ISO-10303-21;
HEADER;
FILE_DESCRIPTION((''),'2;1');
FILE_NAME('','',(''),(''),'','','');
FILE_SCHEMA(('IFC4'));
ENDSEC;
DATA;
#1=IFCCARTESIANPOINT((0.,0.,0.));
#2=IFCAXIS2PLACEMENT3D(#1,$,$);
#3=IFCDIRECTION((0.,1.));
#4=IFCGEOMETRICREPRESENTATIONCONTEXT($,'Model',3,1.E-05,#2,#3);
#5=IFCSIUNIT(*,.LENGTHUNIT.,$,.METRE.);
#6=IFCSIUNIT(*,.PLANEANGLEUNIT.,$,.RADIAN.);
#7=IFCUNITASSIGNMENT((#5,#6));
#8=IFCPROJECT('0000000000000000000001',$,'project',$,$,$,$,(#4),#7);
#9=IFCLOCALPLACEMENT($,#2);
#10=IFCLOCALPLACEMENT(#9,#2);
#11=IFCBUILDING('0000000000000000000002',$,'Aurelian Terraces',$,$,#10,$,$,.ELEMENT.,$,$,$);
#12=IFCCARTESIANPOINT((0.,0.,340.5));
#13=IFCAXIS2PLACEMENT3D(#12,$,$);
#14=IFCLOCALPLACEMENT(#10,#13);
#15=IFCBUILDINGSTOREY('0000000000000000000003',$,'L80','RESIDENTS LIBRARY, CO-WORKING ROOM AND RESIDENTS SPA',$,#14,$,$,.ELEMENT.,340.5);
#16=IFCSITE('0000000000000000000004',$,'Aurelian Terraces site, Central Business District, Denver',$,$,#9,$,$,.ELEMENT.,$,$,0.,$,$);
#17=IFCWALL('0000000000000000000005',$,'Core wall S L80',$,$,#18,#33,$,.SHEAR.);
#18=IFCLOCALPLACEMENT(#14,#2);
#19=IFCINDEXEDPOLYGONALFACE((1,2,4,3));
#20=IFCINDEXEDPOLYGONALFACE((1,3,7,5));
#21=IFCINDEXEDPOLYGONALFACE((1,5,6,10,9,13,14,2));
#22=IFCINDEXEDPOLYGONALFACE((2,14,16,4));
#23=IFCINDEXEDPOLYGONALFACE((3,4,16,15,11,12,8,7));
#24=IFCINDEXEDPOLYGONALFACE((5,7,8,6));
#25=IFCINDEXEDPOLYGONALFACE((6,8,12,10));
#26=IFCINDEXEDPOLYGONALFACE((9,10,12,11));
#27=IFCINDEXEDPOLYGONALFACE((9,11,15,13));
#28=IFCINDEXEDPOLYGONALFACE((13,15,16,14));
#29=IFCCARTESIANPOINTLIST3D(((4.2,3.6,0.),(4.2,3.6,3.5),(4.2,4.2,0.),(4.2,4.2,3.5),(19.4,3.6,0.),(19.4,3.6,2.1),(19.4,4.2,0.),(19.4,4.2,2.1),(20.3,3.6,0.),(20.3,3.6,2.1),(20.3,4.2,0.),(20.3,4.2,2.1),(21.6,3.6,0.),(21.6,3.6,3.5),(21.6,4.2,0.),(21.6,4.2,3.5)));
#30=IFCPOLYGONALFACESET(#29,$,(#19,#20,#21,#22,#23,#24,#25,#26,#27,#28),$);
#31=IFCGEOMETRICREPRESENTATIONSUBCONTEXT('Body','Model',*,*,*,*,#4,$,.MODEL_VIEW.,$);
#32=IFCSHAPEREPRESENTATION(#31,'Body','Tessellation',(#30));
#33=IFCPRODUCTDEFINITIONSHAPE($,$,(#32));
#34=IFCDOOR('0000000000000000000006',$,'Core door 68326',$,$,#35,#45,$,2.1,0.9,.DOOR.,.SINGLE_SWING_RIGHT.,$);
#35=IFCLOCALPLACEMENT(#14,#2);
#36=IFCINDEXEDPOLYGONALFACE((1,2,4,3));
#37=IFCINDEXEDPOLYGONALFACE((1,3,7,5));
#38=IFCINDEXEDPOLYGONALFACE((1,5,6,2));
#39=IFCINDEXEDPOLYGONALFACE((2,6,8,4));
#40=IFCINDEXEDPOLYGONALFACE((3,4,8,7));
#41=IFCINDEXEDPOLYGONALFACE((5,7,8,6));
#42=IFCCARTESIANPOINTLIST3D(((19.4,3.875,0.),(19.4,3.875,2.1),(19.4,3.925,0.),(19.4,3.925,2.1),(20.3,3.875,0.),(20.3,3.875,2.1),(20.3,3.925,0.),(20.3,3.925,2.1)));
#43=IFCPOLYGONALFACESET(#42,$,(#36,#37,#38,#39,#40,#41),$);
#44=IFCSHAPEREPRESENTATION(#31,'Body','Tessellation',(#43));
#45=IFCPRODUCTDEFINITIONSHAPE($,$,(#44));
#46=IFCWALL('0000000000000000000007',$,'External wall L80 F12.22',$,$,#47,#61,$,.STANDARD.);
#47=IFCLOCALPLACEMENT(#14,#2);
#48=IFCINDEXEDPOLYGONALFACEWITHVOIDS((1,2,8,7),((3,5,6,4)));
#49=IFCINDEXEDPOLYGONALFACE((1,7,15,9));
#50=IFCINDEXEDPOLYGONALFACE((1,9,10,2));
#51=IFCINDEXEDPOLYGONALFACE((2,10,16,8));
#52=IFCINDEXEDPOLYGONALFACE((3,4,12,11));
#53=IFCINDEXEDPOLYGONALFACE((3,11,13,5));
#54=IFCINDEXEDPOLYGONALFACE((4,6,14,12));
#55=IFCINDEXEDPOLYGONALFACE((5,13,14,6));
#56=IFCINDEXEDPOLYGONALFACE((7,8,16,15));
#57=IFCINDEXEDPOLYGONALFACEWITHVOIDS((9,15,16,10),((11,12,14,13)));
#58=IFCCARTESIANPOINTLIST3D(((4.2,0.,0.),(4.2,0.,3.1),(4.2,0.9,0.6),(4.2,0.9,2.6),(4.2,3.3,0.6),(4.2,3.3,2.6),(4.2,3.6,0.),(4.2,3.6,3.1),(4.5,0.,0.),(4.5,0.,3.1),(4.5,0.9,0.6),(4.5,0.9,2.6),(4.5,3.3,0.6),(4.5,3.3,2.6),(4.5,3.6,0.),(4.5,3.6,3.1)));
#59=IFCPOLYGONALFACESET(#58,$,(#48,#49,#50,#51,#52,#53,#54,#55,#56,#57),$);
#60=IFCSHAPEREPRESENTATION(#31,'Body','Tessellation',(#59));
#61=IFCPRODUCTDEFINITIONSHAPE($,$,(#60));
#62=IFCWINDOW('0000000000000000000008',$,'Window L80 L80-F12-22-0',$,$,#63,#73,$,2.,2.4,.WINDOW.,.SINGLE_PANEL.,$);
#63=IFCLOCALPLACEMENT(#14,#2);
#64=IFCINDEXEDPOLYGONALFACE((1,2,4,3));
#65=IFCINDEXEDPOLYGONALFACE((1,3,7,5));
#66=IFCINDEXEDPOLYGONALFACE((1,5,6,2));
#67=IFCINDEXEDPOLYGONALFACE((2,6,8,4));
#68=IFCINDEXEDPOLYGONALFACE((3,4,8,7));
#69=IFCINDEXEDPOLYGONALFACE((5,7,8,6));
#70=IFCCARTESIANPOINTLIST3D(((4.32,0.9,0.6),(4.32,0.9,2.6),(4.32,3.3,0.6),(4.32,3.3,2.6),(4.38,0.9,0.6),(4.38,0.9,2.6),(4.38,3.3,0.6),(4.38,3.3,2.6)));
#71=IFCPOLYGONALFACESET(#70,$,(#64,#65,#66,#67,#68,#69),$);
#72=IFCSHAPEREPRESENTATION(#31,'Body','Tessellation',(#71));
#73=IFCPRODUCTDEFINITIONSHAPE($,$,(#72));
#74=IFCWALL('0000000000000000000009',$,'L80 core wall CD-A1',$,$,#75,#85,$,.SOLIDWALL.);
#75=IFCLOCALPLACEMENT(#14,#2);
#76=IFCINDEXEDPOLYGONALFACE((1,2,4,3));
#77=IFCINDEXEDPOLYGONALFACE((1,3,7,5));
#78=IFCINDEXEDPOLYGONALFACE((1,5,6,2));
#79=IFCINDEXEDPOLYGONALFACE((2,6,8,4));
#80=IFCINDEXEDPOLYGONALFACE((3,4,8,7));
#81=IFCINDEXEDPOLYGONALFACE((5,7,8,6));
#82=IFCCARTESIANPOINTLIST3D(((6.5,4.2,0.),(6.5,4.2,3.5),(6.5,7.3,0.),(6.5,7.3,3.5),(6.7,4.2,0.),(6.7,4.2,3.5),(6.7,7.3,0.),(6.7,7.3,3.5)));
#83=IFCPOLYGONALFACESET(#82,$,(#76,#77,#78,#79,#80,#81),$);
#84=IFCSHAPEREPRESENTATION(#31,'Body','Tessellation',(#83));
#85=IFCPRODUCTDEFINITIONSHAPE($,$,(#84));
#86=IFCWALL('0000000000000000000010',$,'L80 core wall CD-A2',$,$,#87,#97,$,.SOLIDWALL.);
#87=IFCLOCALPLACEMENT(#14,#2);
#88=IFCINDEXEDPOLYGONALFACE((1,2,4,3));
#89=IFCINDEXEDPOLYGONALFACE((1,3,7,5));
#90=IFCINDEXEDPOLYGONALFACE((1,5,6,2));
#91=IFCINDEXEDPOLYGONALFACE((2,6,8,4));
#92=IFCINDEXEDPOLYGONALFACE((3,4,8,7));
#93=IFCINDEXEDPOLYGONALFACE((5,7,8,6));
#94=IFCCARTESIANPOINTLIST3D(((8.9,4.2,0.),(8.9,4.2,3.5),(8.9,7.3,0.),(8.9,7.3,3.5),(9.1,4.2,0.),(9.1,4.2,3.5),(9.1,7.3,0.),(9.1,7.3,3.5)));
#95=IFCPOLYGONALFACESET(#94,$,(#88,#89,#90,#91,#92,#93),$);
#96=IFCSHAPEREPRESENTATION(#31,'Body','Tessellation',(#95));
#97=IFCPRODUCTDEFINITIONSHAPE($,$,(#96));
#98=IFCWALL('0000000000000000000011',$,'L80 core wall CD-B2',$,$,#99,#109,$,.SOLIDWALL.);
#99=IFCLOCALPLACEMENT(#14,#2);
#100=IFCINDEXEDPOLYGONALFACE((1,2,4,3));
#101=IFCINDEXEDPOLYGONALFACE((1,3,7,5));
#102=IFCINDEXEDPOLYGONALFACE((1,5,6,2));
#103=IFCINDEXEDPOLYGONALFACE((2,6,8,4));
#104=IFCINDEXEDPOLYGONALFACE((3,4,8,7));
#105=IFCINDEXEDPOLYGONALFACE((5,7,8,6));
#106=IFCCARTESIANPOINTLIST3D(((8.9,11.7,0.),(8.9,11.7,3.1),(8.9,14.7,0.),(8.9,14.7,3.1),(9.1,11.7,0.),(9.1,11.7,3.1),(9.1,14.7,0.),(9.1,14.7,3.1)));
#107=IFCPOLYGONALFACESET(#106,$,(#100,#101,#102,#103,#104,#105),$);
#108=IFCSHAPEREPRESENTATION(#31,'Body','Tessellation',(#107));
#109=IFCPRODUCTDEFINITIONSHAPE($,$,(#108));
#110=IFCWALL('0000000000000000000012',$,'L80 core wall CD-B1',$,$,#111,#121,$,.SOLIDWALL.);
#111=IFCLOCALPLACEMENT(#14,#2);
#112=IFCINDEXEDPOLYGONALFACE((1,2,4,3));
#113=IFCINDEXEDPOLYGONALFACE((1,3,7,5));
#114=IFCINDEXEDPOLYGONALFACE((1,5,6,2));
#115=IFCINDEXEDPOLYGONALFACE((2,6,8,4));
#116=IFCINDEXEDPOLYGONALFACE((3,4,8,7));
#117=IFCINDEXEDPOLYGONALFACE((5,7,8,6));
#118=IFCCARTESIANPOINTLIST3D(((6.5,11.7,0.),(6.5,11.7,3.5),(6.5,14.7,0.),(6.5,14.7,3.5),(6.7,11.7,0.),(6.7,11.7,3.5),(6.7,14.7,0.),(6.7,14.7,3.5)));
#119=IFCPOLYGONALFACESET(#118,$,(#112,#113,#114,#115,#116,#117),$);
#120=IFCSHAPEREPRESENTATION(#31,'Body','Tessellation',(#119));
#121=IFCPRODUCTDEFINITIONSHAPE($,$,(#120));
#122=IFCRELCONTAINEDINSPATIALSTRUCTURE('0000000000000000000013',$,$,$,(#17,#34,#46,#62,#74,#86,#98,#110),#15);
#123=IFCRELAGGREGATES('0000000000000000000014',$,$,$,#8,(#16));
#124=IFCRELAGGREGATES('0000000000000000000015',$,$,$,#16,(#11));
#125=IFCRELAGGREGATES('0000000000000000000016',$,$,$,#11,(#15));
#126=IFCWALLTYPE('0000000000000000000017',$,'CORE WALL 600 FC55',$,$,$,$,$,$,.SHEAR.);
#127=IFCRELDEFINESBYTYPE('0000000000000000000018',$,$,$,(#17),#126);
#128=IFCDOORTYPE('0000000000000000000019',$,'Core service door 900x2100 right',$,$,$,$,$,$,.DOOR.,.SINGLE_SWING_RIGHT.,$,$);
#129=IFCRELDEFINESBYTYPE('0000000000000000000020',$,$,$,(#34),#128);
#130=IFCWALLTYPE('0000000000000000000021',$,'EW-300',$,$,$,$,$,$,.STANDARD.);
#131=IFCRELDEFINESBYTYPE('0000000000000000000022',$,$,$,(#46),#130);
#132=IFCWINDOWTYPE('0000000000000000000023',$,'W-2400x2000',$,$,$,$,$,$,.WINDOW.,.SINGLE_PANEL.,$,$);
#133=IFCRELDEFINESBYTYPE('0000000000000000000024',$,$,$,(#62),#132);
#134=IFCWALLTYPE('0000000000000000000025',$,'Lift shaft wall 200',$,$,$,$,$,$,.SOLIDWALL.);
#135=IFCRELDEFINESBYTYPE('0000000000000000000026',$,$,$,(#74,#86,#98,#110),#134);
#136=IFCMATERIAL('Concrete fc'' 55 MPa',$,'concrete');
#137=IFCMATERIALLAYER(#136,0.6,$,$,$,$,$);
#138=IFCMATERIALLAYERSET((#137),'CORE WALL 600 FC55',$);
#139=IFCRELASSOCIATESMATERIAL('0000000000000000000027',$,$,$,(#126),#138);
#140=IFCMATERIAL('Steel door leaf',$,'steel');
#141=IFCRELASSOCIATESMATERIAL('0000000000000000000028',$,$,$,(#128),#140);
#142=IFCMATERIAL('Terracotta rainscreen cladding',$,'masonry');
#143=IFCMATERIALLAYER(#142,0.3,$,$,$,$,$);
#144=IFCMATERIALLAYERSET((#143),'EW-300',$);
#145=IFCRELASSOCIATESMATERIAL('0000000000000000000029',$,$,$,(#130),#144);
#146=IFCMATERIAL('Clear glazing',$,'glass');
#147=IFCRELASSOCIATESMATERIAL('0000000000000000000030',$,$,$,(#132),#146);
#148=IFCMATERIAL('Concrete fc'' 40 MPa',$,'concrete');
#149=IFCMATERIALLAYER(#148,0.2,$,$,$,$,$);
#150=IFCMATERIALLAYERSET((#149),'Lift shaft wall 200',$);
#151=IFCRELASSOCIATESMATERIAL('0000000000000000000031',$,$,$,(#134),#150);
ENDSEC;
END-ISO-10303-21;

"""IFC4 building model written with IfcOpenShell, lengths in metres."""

from ifc_helpers import new_model, si_unit, direction, frame, frame_2d, origin, place, context, subcontext, project, spatial, rectangle, extrude, source, transform, mapped, material, layer, layer_set, type_object, element, fill, save


model = new_model("IFC4")

# Units and contexts
model_context = context("Model", 3, precision=1e-05, world=origin(), true_north=direction((0.0, 1.0)))
body_context = subcontext(model_context, "Body", "Model", "MODEL_VIEW")
ifc_project = project(units=[si_unit("LENGTHUNIT", "METRE"), si_unit("PLANEANGLEUNIT", "RADIAN")], contexts=[model_context])

# Site, building, storey
site_placement = place(None, origin())
site = spatial("IfcSite", under=ifc_project, at=site_placement, Name="Aurelian Terraces site, Central Business District, Denver", CompositionType="ELEMENT", RefElevation=0.0)
building_placement = place(site_placement, origin())
building = spatial("IfcBuilding", under=site, at=building_placement, Name="Aurelian Terraces", CompositionType="ELEMENT")
storey_placement = place(building_placement, frame((0.0, 0.0, 340.5)))
storey = spatial("IfcBuildingStorey", under=building, at=storey_placement, Name="L80", Description="RESIDENTS LIBRARY, CO-WORKING ROOM AND RESIDENTS SPA", CompositionType="ELEMENT", Elevation=340.5)

# Wall, opening, door
ifc_material_1 = material(Name="Concrete fc' 55 MPa", Category="concrete")
ifc_layer_1 = layer(ifc_material_1, 0.6)
ifc_layer_set_1 = layer_set([ifc_layer_1], Name="CORE WALL 600 FC55")
wall_type_1 = type_object("IfcWallType", Name="CORE WALL 600 FC55", PredefinedType="SHEAR", material=ifc_layer_set_1)
shared_shape_1 = source(origin(), body_context, "Body", "SweptSolid", [
    extrude(rectangle(XDim=17.4, YDim=0.6, at=frame_2d((8.7, 0.0))), origin(), (0.0, 0.0, 1.0), 3.5),
])
wall_1_placement = place(storey_placement, frame((4.2, 3.9, 0.0), z_axis=(0.0, 0.0, 1.0), x_axis=(1.0, 0.0, 0.0)))
wall_1 = element("IfcWall", 1, at=wall_1_placement, inside=storey, type_object=wall_type_1, Name="Core wall S L80", PredefinedType="SHEAR", context=body_context, shape_type="MappedRepresentation", body=[
    mapped(shared_shape_1, transform((0.0, 0.0, 0.0), scale=1.0)),
])
shared_shape_2 = source(origin(), body_context, "Body", "SweptSolid", [
    extrude(rectangle(XDim=0.9, YDim=2.1, at=frame_2d((0.45, 1.05))), frame((0.0, 0.31, 0.0), z_axis=(0.0, -1.0, 0.0), x_axis=(1.0, 0.0, 0.0)), (0.0, 0.0, 1.0), 0.62),
])
opening_1_placement = place(wall_1_placement, frame((15.2, 0.0, 0.0)))
opening_1 = element("IfcOpeningElement", 2, at=opening_1_placement, cuts=wall_1, PredefinedType="OPENING", context=body_context, shape_type="MappedRepresentation", body=[
    mapped(shared_shape_2, transform((0.0, 0.0, 0.0), scale=1.0)),
])
ifc_material_2 = material(Name="Steel door leaf", Category="steel")
door_type_1 = type_object("IfcDoorType", Name="Core service door 900x2100 right", OperationType="SINGLE_SWING_RIGHT", PredefinedType="DOOR", material=ifc_material_2)
shared_shape_3 = source(origin(), body_context, "Body", "SweptSolid", [
    extrude(rectangle(XDim=0.9, YDim=2.1, at=frame_2d((0.45, 1.05))), frame((0.0, 0.025, 0.0), z_axis=(0.0, -1.0, 0.0), x_axis=(1.0, 0.0, 0.0)), (0.0, 0.0, 1.0), 0.05),
])
door_1_placement = place(opening_1_placement, origin())
door_1 = element("IfcDoor", 3, at=door_1_placement, inside=storey, type_object=door_type_1, Name="Core door 68326", OperationType="SINGLE_SWING_RIGHT", OverallHeight=2.1, OverallWidth=0.9, PredefinedType="DOOR", context=body_context, shape_type="MappedRepresentation", body=[
    mapped(shared_shape_3, transform((0.0, 0.0, 0.0), scale=1.0)),
])
fill(opening_1, door_1)

# Wall, opening, window
ifc_material_3 = material(Name="Terracotta rainscreen cladding", Category="masonry")
ifc_layer_2 = layer(ifc_material_3, 0.3)
ifc_layer_set_2 = layer_set([ifc_layer_2], Name="EW-300")
wall_type_2 = type_object("IfcWallType", Name="EW-300", PredefinedType="STANDARD", material=ifc_layer_set_2)
shared_shape_4 = source(origin(), body_context, "Body", "SweptSolid", [
    extrude(rectangle(XDim=3.6, YDim=0.3, at=frame_2d((1.8, 0.0))), origin(), (0.0, 0.0, 1.0), 3.1),
])
wall_2_placement = place(storey_placement, frame((4.35, 3.6, 0.0), z_axis=(0.0, 0.0, 1.0), x_axis=(0.0, -1.0, 0.0)))
wall_2 = element("IfcWall", 4, at=wall_2_placement, inside=storey, type_object=wall_type_2, Name="External wall L80 F12.22", PredefinedType="STANDARD", context=body_context, shape_type="MappedRepresentation", body=[
    mapped(shared_shape_4, transform((0.0, 0.0, 0.0), scale=1.0)),
])
shared_shape_5 = source(origin(), body_context, "Body", "SweptSolid", [
    extrude(rectangle(XDim=2.4, YDim=2.0, at=frame_2d((1.2, 1.0))), frame((0.0, 0.16, 0.0), z_axis=(0.0, -1.0, 0.0), x_axis=(1.0, 0.0, 0.0)), (0.0, 0.0, 1.0), 0.32),
])
opening_2_placement = place(wall_2_placement, frame((0.3, 0.0, 0.6)))
opening_2 = element("IfcOpeningElement", 5, at=opening_2_placement, cuts=wall_2, PredefinedType="OPENING", context=body_context, shape_type="MappedRepresentation", body=[
    mapped(shared_shape_5, transform((0.0, 0.0, 0.0), scale=1.0)),
])
ifc_material_4 = material(Name="Clear glazing", Category="glass")
window_type = type_object("IfcWindowType", Name="W-2400x2000", PartitioningType="SINGLE_PANEL", PredefinedType="WINDOW", material=ifc_material_4)
shared_shape_6 = source(origin(), body_context, "Body", "SweptSolid", [
    extrude(rectangle(XDim=2.4, YDim=2.0, at=frame_2d((1.2, 1.0))), frame((0.0, 0.03, 0.0), z_axis=(0.0, -1.0, 0.0), x_axis=(1.0, 0.0, 0.0)), (0.0, 0.0, 1.0), 0.06),
])
window_placement = place(opening_2_placement, origin())
window = element("IfcWindow", 6, at=window_placement, inside=storey, type_object=window_type, Name="Window L80 L80-F12-22-0", OverallHeight=2.0, OverallWidth=2.4, PartitioningType="SINGLE_PANEL", PredefinedType="WINDOW", context=body_context, shape_type="MappedRepresentation", body=[
    mapped(shared_shape_6, transform((0.0, 0.0, 0.0), scale=1.0)),
])
fill(opening_2, window)

# Walls
ifc_material_5 = material(Name="Concrete fc' 40 MPa", Category="concrete")
ifc_layer_3 = layer(ifc_material_5, 0.2)
ifc_layer_set_3 = layer_set([ifc_layer_3], Name="Lift shaft wall 200")
wall_type_3 = type_object("IfcWallType", Name="Lift shaft wall 200", PredefinedType="SOLIDWALL", material=ifc_layer_set_3)
shared_shape_7 = source(origin(), body_context, "Body", "SweptSolid", [
    extrude(rectangle(XDim=3.1, YDim=0.2, at=frame_2d((1.55, 0.0))), origin(), (0.0, 0.0, 1.0), 3.5),
])
for number, where, z_axis, x_axis, name in (
    (7, (6.6, 4.2, 0.0), (0.0, 0.0, 1.0), (0.0, 1.0, 0.0), "L80 core wall CD-A1"),
    (8, (9.0, 4.2, 0.0), (0.0, 0.0, 1.0), (0.0, 1.0, 0.0), "L80 core wall CD-A2"),
):
    element("IfcWall", number, at=place(storey_placement, frame(where, z_axis=z_axis, x_axis=x_axis)), inside=storey, type_object=wall_type_3, Name=name, PredefinedType="SOLIDWALL", context=body_context, shape_type="MappedRepresentation", body=[
        mapped(shared_shape_7, transform((0.0, 0.0, 0.0), scale=1.0)),
    ])
shared_shape_8 = source(origin(), body_context, "Body", "SweptSolid", [
    extrude(rectangle(XDim=3.0, YDim=0.2, at=frame_2d((1.5, 0.0))), origin(), (0.0, 0.0, 1.0), 3.1),
])
wall_3_placement = place(storey_placement, frame((9.0, 11.7, 0.0), z_axis=(0.0, 0.0, 1.0), x_axis=(0.0, 1.0, 0.0)))
element("IfcWall", 9, at=wall_3_placement, inside=storey, type_object=wall_type_3, Name="L80 core wall CD-B2", PredefinedType="SOLIDWALL", context=body_context, shape_type="MappedRepresentation", body=[
    mapped(shared_shape_8, transform((0.0, 0.0, 0.0), scale=1.0)),
])
shared_shape_9 = source(origin(), body_context, "Body", "SweptSolid", [
    extrude(rectangle(XDim=3.0, YDim=0.2, at=frame_2d((1.5, 0.0))), origin(), (0.0, 0.0, 1.0), 3.5),
])
wall_4_placement = place(storey_placement, frame((6.6, 11.7, 0.0), z_axis=(0.0, 0.0, 1.0), x_axis=(0.0, 1.0, 0.0)))
element("IfcWall", 10, at=wall_4_placement, inside=storey, type_object=wall_type_3, Name="L80 core wall CD-B1", PredefinedType="SOLIDWALL", context=body_context, shape_type="MappedRepresentation", body=[
    mapped(shared_shape_9, transform((0.0, 0.0, 0.0), scale=1.0)),
])

save(model, "model.ifc")
